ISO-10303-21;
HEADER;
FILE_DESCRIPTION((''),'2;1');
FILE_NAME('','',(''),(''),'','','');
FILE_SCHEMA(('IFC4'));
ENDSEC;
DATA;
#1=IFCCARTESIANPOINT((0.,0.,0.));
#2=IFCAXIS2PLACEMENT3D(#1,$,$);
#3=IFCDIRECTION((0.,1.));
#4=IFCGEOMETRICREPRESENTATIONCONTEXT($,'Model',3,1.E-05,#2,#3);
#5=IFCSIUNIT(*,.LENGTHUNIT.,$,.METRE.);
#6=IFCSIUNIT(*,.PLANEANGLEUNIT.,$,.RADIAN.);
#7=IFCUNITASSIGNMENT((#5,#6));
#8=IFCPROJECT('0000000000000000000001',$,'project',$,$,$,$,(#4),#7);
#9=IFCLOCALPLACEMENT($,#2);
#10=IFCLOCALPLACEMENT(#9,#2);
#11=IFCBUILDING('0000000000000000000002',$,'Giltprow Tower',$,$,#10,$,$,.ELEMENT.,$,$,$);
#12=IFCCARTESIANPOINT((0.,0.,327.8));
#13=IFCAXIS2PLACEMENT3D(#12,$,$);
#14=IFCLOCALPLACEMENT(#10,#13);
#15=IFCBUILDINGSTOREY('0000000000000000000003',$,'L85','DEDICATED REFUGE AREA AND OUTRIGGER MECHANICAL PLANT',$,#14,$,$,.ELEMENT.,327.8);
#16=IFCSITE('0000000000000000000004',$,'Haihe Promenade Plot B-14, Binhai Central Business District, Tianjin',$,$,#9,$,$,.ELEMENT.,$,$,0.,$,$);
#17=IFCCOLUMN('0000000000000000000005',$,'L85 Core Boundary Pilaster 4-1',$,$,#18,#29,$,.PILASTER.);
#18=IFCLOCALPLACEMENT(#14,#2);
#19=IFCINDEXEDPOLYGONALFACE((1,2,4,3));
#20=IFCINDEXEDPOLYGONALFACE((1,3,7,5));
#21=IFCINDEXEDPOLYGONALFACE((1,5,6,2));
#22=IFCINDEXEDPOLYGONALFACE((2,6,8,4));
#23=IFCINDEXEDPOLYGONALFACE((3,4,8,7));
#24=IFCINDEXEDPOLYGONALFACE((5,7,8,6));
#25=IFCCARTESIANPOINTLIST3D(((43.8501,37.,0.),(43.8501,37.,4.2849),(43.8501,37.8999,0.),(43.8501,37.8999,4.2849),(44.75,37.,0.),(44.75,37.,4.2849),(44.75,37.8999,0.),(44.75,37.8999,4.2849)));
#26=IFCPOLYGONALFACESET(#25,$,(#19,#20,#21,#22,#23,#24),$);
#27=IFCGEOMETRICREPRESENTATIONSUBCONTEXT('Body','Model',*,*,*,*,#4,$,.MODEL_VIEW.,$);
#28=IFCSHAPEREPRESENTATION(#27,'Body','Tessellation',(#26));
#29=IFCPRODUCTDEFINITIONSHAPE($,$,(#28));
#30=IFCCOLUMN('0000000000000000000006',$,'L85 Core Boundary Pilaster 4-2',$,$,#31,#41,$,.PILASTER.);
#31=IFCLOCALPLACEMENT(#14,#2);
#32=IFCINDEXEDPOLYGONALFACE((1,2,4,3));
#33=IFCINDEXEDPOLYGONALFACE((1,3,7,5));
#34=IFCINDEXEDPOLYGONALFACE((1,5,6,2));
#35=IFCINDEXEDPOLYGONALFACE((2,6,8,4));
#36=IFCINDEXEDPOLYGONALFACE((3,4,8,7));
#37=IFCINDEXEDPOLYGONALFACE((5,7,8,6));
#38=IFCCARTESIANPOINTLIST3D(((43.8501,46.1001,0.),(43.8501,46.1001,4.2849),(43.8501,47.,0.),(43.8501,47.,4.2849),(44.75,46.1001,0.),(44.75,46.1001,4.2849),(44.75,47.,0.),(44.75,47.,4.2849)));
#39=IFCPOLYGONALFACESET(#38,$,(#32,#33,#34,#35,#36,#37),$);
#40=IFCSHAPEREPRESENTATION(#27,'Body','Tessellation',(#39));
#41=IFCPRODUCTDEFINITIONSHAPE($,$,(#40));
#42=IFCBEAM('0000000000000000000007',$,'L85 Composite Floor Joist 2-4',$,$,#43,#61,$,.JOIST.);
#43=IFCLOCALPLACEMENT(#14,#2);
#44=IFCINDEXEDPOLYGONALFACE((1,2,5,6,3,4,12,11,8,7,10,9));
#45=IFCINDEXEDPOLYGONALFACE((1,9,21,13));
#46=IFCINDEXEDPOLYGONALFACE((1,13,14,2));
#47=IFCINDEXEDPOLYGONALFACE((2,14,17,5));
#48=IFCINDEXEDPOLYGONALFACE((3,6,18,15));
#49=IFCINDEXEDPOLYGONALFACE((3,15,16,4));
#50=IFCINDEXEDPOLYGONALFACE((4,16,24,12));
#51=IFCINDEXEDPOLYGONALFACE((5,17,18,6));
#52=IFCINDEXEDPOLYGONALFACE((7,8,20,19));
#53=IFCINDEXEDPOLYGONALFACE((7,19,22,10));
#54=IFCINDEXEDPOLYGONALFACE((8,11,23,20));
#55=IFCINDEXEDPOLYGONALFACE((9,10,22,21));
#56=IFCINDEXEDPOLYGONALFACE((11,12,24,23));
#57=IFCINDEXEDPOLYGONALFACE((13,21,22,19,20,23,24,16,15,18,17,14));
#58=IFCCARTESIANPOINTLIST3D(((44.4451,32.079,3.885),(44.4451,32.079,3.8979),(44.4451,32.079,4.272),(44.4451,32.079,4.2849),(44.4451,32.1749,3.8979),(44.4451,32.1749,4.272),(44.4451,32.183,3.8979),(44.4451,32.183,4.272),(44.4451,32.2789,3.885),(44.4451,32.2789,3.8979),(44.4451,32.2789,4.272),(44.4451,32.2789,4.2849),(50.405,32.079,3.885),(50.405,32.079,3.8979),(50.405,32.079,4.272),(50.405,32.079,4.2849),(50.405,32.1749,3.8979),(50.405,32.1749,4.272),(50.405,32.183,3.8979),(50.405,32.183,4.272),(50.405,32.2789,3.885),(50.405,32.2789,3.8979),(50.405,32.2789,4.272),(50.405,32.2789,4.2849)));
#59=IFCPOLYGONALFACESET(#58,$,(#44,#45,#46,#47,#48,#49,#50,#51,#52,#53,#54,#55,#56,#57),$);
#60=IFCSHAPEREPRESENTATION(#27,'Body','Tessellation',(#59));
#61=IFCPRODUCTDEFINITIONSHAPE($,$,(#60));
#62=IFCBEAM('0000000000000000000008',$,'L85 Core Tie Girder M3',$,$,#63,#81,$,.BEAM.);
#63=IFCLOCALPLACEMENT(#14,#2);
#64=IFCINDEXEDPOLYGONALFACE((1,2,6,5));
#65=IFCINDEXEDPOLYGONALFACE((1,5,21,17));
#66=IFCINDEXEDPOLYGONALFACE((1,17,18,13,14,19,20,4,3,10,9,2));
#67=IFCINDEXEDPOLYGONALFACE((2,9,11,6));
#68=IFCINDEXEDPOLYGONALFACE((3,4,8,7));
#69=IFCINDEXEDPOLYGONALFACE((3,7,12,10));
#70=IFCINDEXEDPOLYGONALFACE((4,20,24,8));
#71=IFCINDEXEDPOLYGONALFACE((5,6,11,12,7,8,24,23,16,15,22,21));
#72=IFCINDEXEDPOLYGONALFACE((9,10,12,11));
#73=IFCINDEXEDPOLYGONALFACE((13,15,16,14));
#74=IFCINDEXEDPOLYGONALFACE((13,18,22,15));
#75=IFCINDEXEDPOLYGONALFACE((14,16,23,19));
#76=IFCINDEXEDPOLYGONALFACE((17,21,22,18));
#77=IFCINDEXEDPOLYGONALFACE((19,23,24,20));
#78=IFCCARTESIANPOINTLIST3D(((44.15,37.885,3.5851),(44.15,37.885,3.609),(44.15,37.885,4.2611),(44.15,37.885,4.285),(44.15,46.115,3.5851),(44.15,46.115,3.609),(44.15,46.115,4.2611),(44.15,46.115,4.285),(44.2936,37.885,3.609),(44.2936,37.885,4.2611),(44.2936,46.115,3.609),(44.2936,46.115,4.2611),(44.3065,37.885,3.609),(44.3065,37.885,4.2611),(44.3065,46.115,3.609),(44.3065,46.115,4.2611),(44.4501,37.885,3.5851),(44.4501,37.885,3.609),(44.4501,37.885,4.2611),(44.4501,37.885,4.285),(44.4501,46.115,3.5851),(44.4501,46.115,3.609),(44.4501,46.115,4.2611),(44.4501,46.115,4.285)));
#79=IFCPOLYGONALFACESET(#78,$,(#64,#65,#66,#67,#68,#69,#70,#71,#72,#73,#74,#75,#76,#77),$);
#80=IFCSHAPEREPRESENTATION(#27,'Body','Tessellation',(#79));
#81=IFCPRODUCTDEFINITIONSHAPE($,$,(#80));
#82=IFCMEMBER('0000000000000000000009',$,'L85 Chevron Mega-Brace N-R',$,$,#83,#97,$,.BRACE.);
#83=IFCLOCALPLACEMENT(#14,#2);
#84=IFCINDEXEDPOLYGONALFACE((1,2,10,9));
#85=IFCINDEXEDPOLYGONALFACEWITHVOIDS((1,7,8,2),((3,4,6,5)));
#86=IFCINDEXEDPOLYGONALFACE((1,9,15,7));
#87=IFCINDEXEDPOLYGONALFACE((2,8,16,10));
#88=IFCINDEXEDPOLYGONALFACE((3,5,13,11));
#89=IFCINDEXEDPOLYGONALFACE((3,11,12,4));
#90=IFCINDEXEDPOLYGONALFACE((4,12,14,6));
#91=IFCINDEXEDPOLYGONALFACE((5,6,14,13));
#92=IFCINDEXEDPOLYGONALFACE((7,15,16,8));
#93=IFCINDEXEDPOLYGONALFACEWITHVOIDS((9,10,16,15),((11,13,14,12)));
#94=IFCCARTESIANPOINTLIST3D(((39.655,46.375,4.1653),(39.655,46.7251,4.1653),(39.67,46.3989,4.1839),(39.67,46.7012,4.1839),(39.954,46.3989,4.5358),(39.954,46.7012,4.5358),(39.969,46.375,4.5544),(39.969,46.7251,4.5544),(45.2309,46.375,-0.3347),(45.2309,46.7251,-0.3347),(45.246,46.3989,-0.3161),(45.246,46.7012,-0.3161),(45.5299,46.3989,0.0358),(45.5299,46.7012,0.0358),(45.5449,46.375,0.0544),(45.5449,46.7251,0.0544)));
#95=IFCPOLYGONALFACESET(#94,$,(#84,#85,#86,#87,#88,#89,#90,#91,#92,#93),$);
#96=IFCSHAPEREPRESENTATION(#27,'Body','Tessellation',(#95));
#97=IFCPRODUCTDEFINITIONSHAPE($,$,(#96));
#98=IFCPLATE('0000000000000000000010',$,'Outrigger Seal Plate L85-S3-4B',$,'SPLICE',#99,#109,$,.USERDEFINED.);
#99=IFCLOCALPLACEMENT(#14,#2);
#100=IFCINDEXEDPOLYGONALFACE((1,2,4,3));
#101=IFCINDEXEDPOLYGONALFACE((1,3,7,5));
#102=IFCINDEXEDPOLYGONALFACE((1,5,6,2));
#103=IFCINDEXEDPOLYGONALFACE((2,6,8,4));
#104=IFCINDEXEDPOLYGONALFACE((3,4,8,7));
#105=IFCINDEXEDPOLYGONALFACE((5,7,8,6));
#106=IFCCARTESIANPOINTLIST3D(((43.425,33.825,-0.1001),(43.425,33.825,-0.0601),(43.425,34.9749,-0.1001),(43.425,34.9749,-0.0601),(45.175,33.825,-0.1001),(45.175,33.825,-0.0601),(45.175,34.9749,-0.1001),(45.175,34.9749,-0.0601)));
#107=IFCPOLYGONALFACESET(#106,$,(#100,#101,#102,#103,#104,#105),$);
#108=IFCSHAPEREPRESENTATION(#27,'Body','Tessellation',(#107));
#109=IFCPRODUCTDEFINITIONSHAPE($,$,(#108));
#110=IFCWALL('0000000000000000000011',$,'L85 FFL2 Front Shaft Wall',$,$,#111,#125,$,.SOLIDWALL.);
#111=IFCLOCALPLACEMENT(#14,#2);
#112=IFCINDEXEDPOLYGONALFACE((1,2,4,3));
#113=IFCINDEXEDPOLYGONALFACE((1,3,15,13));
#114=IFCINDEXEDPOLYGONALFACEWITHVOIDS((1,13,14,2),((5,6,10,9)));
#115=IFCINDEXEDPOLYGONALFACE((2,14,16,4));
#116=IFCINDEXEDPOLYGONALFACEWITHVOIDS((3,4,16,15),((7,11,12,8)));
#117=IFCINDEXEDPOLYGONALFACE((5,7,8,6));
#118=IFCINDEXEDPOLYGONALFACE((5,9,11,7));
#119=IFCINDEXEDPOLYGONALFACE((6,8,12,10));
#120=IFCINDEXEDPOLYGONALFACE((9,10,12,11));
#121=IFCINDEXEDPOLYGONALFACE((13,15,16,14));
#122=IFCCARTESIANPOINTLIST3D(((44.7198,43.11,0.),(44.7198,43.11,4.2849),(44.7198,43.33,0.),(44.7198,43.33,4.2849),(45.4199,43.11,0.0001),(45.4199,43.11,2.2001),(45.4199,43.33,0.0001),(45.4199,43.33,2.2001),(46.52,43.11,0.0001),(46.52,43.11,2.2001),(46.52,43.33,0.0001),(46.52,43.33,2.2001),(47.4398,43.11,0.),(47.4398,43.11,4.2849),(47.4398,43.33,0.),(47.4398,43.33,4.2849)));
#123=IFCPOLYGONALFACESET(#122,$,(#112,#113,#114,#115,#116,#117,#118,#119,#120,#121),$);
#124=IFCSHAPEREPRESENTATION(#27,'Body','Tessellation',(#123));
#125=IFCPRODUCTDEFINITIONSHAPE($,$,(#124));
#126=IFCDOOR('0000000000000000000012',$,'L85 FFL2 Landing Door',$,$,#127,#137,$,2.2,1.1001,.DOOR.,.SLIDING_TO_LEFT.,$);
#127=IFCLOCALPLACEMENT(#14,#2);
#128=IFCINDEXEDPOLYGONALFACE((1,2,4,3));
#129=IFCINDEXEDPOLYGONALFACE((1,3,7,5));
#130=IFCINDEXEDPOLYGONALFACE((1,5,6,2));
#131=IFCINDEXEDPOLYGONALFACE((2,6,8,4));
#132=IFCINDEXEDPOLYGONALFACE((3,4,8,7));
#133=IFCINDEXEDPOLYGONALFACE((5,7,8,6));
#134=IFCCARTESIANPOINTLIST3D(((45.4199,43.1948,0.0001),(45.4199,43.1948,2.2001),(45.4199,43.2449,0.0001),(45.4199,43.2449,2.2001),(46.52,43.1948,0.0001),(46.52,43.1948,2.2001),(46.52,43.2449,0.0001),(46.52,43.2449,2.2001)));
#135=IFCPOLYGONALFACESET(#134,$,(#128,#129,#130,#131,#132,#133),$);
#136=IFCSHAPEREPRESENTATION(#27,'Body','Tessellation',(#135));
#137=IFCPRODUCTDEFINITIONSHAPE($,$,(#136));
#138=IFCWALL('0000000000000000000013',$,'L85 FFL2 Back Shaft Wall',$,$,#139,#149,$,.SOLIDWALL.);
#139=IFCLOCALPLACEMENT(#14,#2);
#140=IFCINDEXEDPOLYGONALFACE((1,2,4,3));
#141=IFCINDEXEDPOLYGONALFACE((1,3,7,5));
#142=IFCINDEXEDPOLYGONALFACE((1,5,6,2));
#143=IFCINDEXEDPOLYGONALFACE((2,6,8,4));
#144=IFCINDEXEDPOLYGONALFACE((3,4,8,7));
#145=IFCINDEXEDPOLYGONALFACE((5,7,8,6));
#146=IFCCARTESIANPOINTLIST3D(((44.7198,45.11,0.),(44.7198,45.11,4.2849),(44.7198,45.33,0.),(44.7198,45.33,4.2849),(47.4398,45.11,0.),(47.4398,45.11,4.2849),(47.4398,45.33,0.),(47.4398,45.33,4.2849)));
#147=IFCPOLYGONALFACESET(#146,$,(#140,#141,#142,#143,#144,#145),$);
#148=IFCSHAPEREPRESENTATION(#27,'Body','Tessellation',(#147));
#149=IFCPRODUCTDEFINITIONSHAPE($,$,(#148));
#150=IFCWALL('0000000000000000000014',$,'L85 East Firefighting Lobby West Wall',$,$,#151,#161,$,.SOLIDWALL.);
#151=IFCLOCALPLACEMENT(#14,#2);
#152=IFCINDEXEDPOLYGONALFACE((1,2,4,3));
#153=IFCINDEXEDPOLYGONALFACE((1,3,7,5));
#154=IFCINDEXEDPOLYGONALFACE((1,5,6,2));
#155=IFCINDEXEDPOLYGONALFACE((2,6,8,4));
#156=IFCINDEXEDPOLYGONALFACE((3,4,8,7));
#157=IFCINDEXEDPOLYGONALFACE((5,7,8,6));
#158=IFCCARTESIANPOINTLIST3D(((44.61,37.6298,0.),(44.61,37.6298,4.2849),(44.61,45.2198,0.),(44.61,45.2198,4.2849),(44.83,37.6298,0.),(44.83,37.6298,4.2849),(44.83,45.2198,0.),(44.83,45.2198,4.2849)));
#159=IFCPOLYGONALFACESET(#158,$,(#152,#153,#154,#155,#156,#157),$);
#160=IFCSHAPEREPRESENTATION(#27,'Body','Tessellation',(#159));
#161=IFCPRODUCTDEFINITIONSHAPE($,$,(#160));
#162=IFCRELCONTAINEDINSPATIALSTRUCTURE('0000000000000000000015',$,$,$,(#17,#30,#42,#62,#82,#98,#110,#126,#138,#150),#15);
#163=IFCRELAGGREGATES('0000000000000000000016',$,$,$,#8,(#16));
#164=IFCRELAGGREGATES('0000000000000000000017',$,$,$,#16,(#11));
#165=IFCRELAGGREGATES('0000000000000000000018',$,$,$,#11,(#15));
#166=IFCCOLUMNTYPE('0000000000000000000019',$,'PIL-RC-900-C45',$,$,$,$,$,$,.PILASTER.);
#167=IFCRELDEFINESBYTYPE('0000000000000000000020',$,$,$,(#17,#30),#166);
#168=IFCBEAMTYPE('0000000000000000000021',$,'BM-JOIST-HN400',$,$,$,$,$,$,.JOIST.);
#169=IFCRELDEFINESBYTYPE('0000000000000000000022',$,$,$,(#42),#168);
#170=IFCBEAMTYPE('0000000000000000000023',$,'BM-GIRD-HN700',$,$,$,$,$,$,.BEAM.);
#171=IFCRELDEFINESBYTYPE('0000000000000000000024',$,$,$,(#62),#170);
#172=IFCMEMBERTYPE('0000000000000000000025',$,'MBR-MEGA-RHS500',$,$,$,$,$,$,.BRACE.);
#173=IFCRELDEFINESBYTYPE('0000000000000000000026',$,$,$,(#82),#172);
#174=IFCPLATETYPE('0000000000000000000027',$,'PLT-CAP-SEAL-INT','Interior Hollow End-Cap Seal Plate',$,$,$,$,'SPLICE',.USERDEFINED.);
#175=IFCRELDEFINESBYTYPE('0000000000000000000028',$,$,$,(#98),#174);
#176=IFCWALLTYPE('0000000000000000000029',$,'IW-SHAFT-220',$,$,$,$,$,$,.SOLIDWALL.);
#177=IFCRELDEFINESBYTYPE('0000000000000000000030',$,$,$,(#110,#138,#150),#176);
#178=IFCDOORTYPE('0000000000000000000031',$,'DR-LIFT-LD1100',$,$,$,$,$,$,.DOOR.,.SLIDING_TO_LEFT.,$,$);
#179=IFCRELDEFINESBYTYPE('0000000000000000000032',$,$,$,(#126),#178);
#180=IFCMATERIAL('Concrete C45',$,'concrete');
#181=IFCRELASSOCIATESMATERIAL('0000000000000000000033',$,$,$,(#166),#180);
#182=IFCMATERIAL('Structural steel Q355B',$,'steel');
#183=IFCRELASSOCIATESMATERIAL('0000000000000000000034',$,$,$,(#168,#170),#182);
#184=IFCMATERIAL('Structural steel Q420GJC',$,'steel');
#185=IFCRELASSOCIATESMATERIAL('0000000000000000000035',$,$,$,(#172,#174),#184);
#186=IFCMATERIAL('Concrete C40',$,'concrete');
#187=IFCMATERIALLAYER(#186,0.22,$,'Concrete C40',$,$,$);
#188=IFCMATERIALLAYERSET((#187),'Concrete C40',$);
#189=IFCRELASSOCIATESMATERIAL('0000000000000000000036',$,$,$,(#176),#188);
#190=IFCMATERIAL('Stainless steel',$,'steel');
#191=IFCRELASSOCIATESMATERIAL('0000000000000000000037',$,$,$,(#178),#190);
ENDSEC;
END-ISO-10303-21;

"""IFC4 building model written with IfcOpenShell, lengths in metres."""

from ifc_helpers import new_model, si_unit, direction, frame, frame_2d, origin, origin_2d, place, context, subcontext, project, spatial, rectangle, hollow_rectangle, i_section, extrude, source, transform, mapped, material, layer, layer_set, material_profile, profile_set, type_object, element, fill, save


model = new_model("IFC4")

# Units and contexts
model_context = context("Model", 3, precision=1e-05, world=origin(), true_north=direction((0.0, 1.0)))
body_context = subcontext(model_context, "Body", "Model", "MODEL_VIEW")
ifc_project = project(units=[si_unit("LENGTHUNIT", "METRE"), si_unit("PLANEANGLEUNIT", "RADIAN")], contexts=[model_context])

# Site, building, storey
site_placement = place(None, origin())
site = spatial("IfcSite", under=ifc_project, at=site_placement, Name="Haihe Promenade Plot B-14, Binhai Central Business District, Tianjin", CompositionType="ELEMENT", RefElevation=0.0)
building_placement = place(site_placement, origin())
building = spatial("IfcBuilding", under=site, at=building_placement, Name="Giltprow Tower", CompositionType="ELEMENT")
storey_placement = place(building_placement, frame((0.0, 0.0, 327.8)))
storey = spatial("IfcBuildingStorey", under=building, at=storey_placement, Name="L85", Description="DEDICATED REFUGE AREA AND OUTRIGGER MECHANICAL PLANT", CompositionType="ELEMENT", Elevation=327.8)

# Columns
ifc_material_1 = material(Name="Concrete C45", Category="concrete")
ifc_material_profile_1 = material_profile(ifc_material_1, rectangle(XDim=0.8999, YDim=0.8999, at=origin_2d()), Name="RC 900x900")
ifc_profile_set_1 = profile_set([ifc_material_profile_1], Name="Concrete C45")
column_type = type_object("IfcColumnType", Name="PIL-RC-900-C45", PredefinedType="PILASTER", material=ifc_profile_set_1)
shared_shape_1 = source(origin(), body_context, "Body", "SweptSolid", [
    extrude(rectangle(XDim=0.8999, YDim=0.8999, at=origin_2d()), origin(), (0.0, 0.0, 1.0), 4.2849),
])
for number, where, z_axis, x_axis, name in (
    (1, (44.3, 37.45, 0.0), (0.0, 0.0, 1.0), (1.0, 0.0, 0.0), "L85 Core Boundary Pilaster 4-1"),
    (2, (44.3, 46.55, 0.0), (0.0, 0.0, 1.0), (1.0, 0.0, 0.0), "L85 Core Boundary Pilaster 4-2"),
):
    element("IfcColumn", number, at=place(storey_placement, frame(where, z_axis=z_axis, x_axis=x_axis)), inside=storey, type_object=column_type, Name=name, PredefinedType="PILASTER", context=body_context, shape_type="MappedRepresentation", body=[
        mapped(shared_shape_1, transform((0.0, 0.0, 0.0), x_axis=(1.0, 0.0, 0.0), y_axis=(0.0, 1.0, 0.0), z_axis=(0.0, 0.0, 1.0), scale=1.0)),
    ])

# Beams
ifc_material_2 = material(Name="Structural steel Q355B", Category="steel")
ifc_material_profile_2 = material_profile(ifc_material_2, i_section(OverallWidth=0.2, OverallDepth=0.3999, WebThickness=0.0081, FlangeThickness=0.0129, at=origin_2d()), Name="HN 400x200x8x13")
ifc_profile_set_2 = profile_set([ifc_material_profile_2], Name="Structural steel Q355B")
beam_type_1 = type_object("IfcBeamType", Name="BM-JOIST-HN400", PredefinedType="JOIST", material=ifc_profile_set_2)
shared_shape_2 = source(origin(), body_context, "Body", "SweptSolid", [
    extrude(i_section(OverallWidth=0.2, OverallDepth=0.3999, WebThickness=0.0081, FlangeThickness=0.0129, at=origin_2d()), origin(), (0.0, 0.0, 1.0), 5.96),
])
beam_1_placement = place(storey_placement, frame((44.4451, 32.179, 4.085), z_axis=(1.0, 0.0, 0.0), x_axis=(0.0, 1.0, 0.0)))
element("IfcBeam", 3, at=beam_1_placement, inside=storey, type_object=beam_type_1, Name="L85 Composite Floor Joist 2-4", PredefinedType="JOIST", context=body_context, shape_type="MappedRepresentation", body=[
    mapped(shared_shape_2, transform((0.0, 0.0, 0.0), x_axis=(1.0, 0.0, 0.0), y_axis=(0.0, 1.0, 0.0), z_axis=(0.0, 0.0, 1.0), scale=1.0)),
])
ifc_material_profile_3 = material_profile(ifc_material_2, i_section(OverallWidth=0.3, OverallDepth=0.7, WebThickness=0.0129, FlangeThickness=0.0239, at=origin_2d()), Name="HN 700x300x13x24")
ifc_profile_set_3 = profile_set([ifc_material_profile_3], Name="Structural steel Q355B")
beam_type_2 = type_object("IfcBeamType", Name="BM-GIRD-HN700", PredefinedType="BEAM", material=ifc_profile_set_3)
shared_shape_3 = source(origin(), body_context, "Body", "SweptSolid", [
    extrude(i_section(OverallWidth=0.3, OverallDepth=0.7, WebThickness=0.0129, FlangeThickness=0.0239, at=origin_2d()), origin(), (0.0, 0.0, 1.0), 8.23),
])
beam_2_placement = place(storey_placement, frame((44.3, 37.885, 3.9351), z_axis=(0.0, 1.0, 0.0), x_axis=(-1.0, 0.0, 0.0)))
element("IfcBeam", 4, at=beam_2_placement, inside=storey, type_object=beam_type_2, Name="L85 Core Tie Girder M3", PredefinedType="BEAM", context=body_context, shape_type="MappedRepresentation", body=[
    mapped(shared_shape_3, transform((0.0, 0.0, 0.0), x_axis=(1.0, 0.0, 0.0), y_axis=(0.0, 1.0, 0.0), z_axis=(0.0, 0.0, 1.0), scale=1.0)),
])

# Member
ifc_material_3 = material(Name="Structural steel Q420GJC", Category="steel")
ifc_material_profile_4 = material_profile(ifc_material_3, hollow_rectangle(XDim=0.3501, YDim=0.5, WallThickness=0.0239, at=origin_2d()), Name="RHS 500x350x24")
ifc_profile_set_4 = profile_set([ifc_material_profile_4], Name="Structural steel Q420GJC")
member_type = type_object("IfcMemberType", Name="MBR-MEGA-RHS500", PredefinedType="BRACE", material=ifc_profile_set_4)
shared_shape_4 = source(origin(), body_context, "Body", "SweptSolid", [
    extrude(hollow_rectangle(XDim=0.3501, YDim=0.5, WallThickness=0.0239, at=origin_2d()), origin(), (0.0, 0.0, 1.0), 7.1653),
])
member_placement = place(storey_placement, frame((45.3879, 46.55, -0.1401), z_axis=(-0.778189, 0.0, 0.62803), x_axis=(0.0, -1.0, 0.0)))
element("IfcMember", 5, at=member_placement, inside=storey, type_object=member_type, Name="L85 Chevron Mega-Brace N-R", PredefinedType="BRACE", context=body_context, shape_type="MappedRepresentation", body=[
    mapped(shared_shape_4, transform((0.0, 0.0, 0.0), x_axis=(1.0, 0.0, 0.0), y_axis=(0.0, 1.0, 0.0), z_axis=(0.0, 0.0, 1.0), scale=1.0)),
])

# Plate
plate_type = type_object("IfcPlateType", Name="PLT-CAP-SEAL-INT", Description="Interior Hollow End-Cap Seal Plate", ElementType="SPLICE", PredefinedType="USERDEFINED", material=ifc_material_3)
shared_shape_5 = source(origin(), body_context, "Body", "SweptSolid", [
    extrude(rectangle(XDim=1.75, YDim=1.1499, at=origin_2d()), origin(), (0.0, 0.0, 1.0), 0.04),
])
plate_placement = place(storey_placement, frame((44.3, 34.3999, -0.1001), z_axis=(0.0, 0.0, 1.0), x_axis=(1.0, 0.0, 0.0)))
element("IfcPlate", 6, at=plate_placement, inside=storey, type_object=plate_type, Name="Outrigger Seal Plate L85-S3-4B", ObjectType="SPLICE", PredefinedType="USERDEFINED", context=body_context, shape_type="MappedRepresentation", body=[
    mapped(shared_shape_5, transform((0.0, 0.0, 0.0), x_axis=(1.0, 0.0, 0.0), y_axis=(0.0, 1.0, 0.0), z_axis=(0.0, 0.0, 1.0), scale=1.0)),
])

# Wall, opening, door
ifc_material_4 = material(Name="Concrete C40", Category="concrete")
ifc_layer_1 = layer(ifc_material_4, 0.22, Name="Concrete C40")
ifc_layer_set_1 = layer_set([ifc_layer_1], Name="Concrete C40")
wall_type_1 = type_object("IfcWallType", Name="IW-SHAFT-220", PredefinedType="SOLIDWALL", material=ifc_layer_set_1)
wall_1_placement = place(storey_placement, frame((44.72, 43.22, 0.0), z_axis=(0.0, 0.0, 1.0), x_axis=(1.0, 0.0, 0.0)))
wall_1 = element("IfcWall", 7, at=wall_1_placement, inside=storey, type_object=wall_type_1, Name="L85 FFL2 Front Shaft Wall", PredefinedType="SOLIDWALL", context=body_context, shape_type="SweptSolid", body=[
    extrude(rectangle(XDim=2.72, YDim=0.22, at=frame_2d((1.3599, 0.0))), origin(), (0.0, 0.0, 1.0), 4.2849),
])
opening_1_placement = place(wall_1_placement, frame((0.7, 0.0, 0.0)))
opening_1 = element("IfcOpeningElement", 8, at=opening_1_placement, cuts=wall_1, PredefinedType="OPENING", context=body_context, shape_type="SweptSolid", body=[
    extrude(rectangle(XDim=1.1001, YDim=2.2, at=frame_2d((0.55, 1.1001))), frame((0.0, 0.1199, 0.0), z_axis=(0.0, -1.0, 0.0), x_axis=(1.0, 0.0, 0.0)), (0.0, 0.0, 1.0), 0.24),
])
ifc_material_5 = material(Name="Stainless steel", Category="steel")
door_type_1 = type_object("IfcDoorType", Name="DR-LIFT-LD1100", OperationType="SLIDING_TO_LEFT", PredefinedType="DOOR", material=ifc_material_5)
shared_shape_6 = source(origin(), body_context, "Body", "SweptSolid", [
    extrude(rectangle(XDim=1.1001, YDim=2.2, at=frame_2d((0.55, 1.1001))), frame((0.0, 0.0249, 0.0), z_axis=(0.0, -1.0, 0.0), x_axis=(1.0, 0.0, 0.0)), (0.0, 0.0, 1.0), 0.05),
])
door_1_placement = place(opening_1_placement, origin())
door_1 = element("IfcDoor", 9, at=door_1_placement, inside=storey, type_object=door_type_1, Name="L85 FFL2 Landing Door", OperationType="SLIDING_TO_LEFT", OverallHeight=2.2, OverallWidth=1.1001, PredefinedType="DOOR", context=body_context, shape_type="MappedRepresentation", body=[
    mapped(shared_shape_6, transform((0.0, 0.0, 0.0), x_axis=(1.0, 0.0, 0.0), y_axis=(0.0, 1.0, 0.0), z_axis=(0.0, 0.0, 1.0), scale=1.0)),
])
fill(opening_1, door_1)

# Walls
wall_2_placement = place(storey_placement, frame((44.72, 45.22, 0.0), z_axis=(0.0, 0.0, 1.0), x_axis=(1.0, 0.0, 0.0)))
element("IfcWall", 10, at=wall_2_placement, inside=storey, type_object=wall_type_1, Name="L85 FFL2 Back Shaft Wall", PredefinedType="SOLIDWALL", context=body_context, shape_type="SweptSolid", body=[
    extrude(rectangle(XDim=2.72, YDim=0.22, at=frame_2d((1.3599, 0.0))), origin(), (0.0, 0.0, 1.0), 4.2849),
])
wall_3_placement = place(storey_placement, frame((44.72, 37.6299, 0.0), z_axis=(0.0, 0.0, 1.0), x_axis=(0.0, 1.0, 0.0)))
element("IfcWall", 11, at=wall_3_placement, inside=storey, type_object=wall_type_1, Name="L85 East Firefighting Lobby West Wall", PredefinedType="SOLIDWALL", context=body_context, shape_type="SweptSolid", body=[
    extrude(rectangle(XDim=7.5901, YDim=0.22, at=frame_2d((3.7949, 0.0))), origin(), (0.0, 0.0, 1.0), 4.2849),
])

save(model, "model.ifc")
